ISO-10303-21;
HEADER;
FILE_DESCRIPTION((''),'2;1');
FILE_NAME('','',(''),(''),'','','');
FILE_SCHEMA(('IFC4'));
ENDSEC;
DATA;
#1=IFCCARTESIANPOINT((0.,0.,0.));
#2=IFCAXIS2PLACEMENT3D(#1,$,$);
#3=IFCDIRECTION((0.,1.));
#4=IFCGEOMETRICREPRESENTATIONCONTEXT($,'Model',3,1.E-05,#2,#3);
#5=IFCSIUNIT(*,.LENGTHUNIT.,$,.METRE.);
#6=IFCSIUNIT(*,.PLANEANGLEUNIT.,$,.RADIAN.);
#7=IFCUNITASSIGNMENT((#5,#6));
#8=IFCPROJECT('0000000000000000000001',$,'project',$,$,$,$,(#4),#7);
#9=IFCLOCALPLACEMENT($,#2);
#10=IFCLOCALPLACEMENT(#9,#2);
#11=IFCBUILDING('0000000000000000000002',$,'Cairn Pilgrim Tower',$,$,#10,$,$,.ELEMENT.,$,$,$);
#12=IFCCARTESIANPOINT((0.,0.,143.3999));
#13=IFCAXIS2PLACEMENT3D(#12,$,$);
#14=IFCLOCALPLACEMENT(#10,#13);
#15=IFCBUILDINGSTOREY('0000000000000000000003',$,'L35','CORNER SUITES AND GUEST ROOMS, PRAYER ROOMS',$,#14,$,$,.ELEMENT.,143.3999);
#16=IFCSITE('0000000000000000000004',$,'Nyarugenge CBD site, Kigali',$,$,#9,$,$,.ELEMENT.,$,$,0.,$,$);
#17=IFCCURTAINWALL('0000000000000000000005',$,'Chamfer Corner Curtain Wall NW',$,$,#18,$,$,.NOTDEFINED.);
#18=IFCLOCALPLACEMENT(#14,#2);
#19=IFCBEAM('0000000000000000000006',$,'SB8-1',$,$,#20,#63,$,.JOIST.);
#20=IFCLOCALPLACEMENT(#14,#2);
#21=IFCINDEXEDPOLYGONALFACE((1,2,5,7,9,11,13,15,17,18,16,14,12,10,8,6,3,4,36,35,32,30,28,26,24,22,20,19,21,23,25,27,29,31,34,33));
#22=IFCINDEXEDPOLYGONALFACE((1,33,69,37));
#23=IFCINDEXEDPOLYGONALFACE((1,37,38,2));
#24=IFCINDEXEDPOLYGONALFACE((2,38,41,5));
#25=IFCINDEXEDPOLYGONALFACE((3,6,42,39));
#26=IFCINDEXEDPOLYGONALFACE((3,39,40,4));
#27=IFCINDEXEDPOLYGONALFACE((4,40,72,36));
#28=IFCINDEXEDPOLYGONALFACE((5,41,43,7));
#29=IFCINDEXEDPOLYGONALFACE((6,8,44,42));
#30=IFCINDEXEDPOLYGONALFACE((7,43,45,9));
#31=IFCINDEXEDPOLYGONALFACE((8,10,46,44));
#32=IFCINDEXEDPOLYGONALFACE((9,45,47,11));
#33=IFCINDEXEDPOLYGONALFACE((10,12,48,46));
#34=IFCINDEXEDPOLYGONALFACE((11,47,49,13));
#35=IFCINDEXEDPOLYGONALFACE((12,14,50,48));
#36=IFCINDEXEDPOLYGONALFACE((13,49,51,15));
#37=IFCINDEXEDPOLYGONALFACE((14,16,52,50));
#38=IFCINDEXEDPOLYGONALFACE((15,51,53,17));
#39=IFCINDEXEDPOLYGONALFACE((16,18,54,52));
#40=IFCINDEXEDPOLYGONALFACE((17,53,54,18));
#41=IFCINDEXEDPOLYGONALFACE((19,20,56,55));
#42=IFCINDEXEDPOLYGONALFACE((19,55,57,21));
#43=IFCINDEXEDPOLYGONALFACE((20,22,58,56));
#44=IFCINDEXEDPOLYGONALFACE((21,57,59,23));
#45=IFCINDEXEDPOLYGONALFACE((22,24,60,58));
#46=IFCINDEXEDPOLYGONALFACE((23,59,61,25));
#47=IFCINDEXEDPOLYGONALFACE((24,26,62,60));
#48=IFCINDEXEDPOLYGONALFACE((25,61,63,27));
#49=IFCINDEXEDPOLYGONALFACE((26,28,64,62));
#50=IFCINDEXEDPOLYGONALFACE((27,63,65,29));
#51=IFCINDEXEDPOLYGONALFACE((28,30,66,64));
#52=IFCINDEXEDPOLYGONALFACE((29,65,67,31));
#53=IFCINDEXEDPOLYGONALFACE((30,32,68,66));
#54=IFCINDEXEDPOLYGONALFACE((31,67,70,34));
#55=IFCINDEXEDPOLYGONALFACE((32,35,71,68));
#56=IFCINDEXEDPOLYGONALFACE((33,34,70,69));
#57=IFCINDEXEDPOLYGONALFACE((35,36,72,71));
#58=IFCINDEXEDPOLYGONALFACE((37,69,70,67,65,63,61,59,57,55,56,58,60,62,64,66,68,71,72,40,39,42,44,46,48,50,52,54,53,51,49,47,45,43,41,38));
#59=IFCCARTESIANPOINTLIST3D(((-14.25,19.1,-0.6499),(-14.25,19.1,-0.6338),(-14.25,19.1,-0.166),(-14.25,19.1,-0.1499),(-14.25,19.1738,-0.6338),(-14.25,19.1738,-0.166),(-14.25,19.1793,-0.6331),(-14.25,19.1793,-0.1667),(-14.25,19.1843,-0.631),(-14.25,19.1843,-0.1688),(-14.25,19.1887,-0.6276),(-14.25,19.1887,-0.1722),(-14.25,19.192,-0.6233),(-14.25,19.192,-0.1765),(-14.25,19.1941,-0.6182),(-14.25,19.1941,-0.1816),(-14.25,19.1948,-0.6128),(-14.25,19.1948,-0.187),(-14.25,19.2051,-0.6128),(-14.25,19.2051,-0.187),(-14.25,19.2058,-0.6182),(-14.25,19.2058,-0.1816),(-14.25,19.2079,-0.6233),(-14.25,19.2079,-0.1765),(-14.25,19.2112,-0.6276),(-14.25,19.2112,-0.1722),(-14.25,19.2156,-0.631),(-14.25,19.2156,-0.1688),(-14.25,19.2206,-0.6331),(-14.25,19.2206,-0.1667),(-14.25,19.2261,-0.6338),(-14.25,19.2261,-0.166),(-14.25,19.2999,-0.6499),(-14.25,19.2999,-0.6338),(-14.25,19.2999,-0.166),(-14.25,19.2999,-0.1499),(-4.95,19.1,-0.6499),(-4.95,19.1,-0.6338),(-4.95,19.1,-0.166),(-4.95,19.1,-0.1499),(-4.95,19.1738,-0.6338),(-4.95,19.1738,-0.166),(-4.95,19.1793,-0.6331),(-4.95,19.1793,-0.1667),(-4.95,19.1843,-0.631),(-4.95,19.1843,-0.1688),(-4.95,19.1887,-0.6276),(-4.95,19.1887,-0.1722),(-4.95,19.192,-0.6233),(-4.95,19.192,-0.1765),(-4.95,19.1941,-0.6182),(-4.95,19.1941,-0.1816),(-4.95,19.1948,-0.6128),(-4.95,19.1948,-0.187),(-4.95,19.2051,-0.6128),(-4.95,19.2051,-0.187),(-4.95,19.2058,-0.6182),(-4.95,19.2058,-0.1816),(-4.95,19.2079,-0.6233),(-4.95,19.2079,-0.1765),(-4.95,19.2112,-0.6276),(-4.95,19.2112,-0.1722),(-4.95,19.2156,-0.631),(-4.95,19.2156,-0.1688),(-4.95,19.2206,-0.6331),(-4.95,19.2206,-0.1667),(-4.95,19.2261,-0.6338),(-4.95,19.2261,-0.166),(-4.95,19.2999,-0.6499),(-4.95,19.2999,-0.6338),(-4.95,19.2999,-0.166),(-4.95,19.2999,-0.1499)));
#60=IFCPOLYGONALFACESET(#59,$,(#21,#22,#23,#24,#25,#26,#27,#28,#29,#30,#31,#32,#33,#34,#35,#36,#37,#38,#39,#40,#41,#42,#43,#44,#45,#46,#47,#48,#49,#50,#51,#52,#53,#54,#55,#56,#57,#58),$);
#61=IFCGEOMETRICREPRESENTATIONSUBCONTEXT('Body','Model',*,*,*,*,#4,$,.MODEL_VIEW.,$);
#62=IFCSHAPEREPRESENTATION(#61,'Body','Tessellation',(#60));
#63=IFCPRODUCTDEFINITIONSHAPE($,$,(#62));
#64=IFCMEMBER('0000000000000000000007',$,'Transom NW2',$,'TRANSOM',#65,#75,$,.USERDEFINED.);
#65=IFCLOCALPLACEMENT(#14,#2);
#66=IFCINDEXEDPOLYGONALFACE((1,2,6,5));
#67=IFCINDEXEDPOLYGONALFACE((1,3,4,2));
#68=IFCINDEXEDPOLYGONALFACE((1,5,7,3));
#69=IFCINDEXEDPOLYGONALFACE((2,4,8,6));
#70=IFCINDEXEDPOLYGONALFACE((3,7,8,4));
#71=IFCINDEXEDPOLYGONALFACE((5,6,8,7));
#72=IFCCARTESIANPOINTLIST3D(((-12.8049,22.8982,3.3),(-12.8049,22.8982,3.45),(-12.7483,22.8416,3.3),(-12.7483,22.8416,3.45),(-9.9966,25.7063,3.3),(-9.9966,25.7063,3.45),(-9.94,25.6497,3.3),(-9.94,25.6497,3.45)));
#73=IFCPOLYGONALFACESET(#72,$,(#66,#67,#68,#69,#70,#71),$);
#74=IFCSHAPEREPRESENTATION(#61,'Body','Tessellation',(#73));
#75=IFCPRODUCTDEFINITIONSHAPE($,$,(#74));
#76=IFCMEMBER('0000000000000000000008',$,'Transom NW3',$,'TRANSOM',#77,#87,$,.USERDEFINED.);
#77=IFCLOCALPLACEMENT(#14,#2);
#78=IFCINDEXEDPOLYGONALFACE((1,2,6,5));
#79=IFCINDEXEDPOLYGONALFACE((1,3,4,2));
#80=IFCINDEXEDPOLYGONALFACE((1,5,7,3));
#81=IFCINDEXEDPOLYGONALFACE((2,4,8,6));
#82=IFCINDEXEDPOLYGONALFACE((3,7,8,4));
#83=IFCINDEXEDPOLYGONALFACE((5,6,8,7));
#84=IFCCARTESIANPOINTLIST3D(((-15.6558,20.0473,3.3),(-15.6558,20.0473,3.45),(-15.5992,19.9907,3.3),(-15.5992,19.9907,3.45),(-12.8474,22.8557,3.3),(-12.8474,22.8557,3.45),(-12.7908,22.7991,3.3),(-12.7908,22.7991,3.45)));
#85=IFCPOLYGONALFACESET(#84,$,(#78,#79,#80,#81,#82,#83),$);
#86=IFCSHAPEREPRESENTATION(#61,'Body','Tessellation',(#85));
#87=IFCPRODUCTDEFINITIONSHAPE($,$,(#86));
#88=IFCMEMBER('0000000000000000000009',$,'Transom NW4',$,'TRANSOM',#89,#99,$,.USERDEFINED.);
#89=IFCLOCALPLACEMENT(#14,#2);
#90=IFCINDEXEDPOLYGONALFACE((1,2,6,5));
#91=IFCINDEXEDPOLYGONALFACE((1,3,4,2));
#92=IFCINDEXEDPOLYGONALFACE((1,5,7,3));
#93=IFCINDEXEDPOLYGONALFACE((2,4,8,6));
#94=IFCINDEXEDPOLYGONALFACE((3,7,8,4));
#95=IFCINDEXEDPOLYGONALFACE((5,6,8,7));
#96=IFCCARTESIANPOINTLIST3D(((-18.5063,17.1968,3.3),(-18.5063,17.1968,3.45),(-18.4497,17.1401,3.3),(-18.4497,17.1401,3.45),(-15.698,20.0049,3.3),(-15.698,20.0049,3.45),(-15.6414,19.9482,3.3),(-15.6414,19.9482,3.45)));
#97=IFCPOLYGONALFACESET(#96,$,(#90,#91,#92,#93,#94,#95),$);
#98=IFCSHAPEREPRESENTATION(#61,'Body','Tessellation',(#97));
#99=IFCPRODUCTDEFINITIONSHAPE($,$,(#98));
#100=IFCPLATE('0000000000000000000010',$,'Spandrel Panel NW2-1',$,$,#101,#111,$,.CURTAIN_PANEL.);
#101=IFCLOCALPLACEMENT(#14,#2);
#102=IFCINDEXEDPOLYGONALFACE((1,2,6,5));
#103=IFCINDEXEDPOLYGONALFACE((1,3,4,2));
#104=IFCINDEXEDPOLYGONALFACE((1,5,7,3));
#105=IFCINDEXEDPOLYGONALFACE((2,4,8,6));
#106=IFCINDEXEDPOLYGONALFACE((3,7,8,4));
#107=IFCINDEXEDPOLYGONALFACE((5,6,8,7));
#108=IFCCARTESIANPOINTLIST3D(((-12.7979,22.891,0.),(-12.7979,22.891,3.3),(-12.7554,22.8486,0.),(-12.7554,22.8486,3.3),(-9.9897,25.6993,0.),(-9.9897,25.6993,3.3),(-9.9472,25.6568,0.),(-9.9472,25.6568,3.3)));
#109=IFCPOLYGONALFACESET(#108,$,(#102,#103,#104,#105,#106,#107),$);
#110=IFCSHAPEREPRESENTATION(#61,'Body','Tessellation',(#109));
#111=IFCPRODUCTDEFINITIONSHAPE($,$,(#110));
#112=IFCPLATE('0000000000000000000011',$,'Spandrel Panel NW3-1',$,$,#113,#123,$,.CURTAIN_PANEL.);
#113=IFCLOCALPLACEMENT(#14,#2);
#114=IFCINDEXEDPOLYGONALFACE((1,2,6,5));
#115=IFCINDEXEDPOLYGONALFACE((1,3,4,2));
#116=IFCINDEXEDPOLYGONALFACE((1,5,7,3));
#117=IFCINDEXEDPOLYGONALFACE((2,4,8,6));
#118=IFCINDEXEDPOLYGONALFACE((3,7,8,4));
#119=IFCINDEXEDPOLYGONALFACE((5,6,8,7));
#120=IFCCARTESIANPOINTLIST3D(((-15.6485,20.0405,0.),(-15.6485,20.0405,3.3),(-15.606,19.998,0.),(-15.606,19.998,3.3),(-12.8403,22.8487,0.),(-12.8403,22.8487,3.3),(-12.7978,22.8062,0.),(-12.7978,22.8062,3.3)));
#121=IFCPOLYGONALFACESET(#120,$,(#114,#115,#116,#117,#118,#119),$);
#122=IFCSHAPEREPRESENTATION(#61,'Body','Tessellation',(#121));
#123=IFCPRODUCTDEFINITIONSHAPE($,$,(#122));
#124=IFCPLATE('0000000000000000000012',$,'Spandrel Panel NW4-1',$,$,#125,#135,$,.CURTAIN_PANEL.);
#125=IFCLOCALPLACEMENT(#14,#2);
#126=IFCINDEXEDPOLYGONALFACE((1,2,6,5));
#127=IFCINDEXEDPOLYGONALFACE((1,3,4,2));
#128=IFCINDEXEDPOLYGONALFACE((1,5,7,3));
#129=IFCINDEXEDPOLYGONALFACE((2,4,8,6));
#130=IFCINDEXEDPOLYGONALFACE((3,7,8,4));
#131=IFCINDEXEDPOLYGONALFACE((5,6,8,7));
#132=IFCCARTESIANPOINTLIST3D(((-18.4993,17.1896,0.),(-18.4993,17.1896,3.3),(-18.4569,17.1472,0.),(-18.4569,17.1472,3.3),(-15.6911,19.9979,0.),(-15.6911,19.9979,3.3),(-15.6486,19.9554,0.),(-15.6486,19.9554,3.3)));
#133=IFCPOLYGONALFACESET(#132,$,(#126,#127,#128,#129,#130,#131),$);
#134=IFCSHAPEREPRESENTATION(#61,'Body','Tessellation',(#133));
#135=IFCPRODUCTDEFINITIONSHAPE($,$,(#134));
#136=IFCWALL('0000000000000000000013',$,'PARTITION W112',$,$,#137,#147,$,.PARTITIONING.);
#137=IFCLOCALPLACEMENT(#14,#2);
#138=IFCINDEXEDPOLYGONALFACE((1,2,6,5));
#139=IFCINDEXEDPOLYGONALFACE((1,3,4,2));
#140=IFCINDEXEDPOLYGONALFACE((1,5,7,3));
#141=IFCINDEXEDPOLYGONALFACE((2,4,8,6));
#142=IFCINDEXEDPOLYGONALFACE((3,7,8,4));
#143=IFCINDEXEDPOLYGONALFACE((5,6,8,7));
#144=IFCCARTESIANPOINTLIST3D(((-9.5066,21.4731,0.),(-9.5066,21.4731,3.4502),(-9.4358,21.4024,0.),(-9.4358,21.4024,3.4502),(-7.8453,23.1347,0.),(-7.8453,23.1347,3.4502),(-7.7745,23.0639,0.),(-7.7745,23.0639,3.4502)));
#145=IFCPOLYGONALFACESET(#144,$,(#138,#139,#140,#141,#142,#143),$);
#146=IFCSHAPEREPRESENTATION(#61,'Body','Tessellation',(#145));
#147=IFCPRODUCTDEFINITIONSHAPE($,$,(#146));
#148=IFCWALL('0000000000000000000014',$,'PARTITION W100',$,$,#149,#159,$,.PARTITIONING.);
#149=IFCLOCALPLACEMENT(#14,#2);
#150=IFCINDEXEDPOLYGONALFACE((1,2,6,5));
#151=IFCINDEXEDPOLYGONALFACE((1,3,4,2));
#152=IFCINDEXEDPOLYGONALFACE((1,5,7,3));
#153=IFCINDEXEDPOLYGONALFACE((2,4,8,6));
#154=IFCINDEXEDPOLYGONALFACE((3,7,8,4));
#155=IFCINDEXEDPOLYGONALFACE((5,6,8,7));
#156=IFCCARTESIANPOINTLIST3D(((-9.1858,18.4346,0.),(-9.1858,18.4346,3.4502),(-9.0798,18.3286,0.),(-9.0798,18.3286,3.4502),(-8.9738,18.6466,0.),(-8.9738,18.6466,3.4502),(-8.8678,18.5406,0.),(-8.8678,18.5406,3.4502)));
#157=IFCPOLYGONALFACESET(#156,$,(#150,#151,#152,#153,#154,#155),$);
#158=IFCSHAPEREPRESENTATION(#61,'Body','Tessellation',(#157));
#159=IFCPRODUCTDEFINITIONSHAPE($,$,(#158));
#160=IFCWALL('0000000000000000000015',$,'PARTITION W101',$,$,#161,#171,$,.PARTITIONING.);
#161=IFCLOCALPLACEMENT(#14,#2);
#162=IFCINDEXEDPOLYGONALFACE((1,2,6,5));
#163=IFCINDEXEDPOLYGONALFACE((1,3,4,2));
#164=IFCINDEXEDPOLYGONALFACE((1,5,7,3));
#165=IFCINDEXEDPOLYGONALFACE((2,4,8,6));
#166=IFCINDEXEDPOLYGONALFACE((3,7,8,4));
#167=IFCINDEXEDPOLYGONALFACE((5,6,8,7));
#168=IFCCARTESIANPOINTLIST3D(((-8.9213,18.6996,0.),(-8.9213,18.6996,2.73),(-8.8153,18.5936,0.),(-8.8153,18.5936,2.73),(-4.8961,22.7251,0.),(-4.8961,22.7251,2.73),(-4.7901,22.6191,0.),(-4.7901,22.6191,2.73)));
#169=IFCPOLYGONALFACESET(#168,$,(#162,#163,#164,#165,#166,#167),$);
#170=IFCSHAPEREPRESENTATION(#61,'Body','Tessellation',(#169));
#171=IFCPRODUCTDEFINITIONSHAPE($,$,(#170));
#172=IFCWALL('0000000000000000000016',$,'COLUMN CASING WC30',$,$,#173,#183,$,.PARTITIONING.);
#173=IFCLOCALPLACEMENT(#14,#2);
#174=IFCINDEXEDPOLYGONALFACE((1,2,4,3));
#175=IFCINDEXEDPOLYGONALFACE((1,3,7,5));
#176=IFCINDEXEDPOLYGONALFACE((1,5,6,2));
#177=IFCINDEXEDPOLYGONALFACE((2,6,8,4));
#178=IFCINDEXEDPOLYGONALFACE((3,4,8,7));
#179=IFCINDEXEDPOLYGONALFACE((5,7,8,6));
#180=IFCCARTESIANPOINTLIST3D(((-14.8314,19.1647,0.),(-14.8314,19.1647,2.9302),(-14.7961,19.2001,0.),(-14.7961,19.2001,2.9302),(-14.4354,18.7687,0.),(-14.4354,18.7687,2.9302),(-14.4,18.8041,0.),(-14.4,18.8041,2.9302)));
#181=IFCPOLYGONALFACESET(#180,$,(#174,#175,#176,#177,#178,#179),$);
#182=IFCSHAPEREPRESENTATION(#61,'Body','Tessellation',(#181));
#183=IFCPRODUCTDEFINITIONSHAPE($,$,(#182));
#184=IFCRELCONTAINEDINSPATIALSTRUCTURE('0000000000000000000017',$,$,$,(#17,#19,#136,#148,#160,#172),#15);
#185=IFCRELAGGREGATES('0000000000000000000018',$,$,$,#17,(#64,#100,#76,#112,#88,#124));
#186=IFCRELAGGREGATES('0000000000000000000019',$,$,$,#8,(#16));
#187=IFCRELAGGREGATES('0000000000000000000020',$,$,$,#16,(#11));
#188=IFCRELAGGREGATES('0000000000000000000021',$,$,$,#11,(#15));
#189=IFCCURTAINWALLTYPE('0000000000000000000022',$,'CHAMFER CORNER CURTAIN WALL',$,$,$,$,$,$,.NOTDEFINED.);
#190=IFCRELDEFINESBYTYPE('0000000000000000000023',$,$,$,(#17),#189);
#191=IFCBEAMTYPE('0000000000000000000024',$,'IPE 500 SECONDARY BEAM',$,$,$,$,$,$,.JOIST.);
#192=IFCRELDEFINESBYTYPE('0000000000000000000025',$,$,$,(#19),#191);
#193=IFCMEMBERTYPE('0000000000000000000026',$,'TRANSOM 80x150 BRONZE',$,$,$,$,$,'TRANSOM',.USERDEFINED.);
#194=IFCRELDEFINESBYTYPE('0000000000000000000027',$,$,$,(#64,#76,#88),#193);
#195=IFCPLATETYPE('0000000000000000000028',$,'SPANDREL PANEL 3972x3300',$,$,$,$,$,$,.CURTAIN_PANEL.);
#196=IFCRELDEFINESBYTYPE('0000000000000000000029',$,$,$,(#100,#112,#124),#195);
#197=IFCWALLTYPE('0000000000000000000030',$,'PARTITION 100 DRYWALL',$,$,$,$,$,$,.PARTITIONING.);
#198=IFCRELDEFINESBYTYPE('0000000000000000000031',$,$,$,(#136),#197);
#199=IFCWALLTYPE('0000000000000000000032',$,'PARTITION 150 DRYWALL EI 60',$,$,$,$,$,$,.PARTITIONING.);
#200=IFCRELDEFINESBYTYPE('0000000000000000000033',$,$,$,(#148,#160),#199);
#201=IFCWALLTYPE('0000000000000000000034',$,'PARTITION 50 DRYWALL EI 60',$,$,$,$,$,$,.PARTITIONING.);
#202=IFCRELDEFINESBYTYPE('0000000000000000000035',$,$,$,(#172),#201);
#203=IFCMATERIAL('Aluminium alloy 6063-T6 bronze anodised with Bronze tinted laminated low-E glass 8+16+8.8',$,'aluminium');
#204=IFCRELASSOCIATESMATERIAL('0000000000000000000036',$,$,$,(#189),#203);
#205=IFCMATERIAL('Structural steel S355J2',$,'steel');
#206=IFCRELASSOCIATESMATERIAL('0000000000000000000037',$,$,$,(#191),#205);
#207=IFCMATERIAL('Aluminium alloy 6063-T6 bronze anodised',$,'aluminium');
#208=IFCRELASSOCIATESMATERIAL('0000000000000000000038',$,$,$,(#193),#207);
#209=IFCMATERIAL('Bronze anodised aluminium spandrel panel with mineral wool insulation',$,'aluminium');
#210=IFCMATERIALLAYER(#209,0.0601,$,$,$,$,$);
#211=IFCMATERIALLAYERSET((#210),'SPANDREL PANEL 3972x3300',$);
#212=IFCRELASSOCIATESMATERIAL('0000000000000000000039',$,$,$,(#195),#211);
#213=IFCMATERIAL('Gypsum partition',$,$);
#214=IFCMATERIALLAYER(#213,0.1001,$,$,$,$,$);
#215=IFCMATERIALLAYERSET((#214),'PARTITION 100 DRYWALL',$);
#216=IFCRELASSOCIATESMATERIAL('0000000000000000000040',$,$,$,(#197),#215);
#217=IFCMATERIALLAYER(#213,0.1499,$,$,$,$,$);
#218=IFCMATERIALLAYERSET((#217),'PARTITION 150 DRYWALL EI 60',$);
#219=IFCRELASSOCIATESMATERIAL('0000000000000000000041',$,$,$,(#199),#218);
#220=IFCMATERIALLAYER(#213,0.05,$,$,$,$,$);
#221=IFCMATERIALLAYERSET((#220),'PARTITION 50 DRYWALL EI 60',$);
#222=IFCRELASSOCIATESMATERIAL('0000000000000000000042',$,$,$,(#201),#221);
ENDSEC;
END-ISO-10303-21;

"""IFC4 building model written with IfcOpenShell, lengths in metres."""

from ifc_helpers import new_model, si_unit, direction, frame, frame_2d, origin, origin_2d, place, context, subcontext, project, spatial, rectangle, i_section, extrude, material, layer, layer_set, material_profile, profile_set, type_object, element, aggregate, save


model = new_model("IFC4")

# Units and contexts
model_context = context("Model", 3, precision=1e-05, world=origin(), true_north=direction((0.0, 1.0)))
body_context = subcontext(model_context, "Body", "Model", "MODEL_VIEW")
ifc_project = project(units=[si_unit("LENGTHUNIT", "METRE"), si_unit("PLANEANGLEUNIT", "RADIAN")], contexts=[model_context])

# Site, building, storey
site_placement = place(None, origin())
site = spatial("IfcSite", under=ifc_project, at=site_placement, Name="Nyarugenge CBD site, Kigali", CompositionType="ELEMENT", RefElevation=0.0)
building_placement = place(site_placement, origin())
building = spatial("IfcBuilding", under=site, at=building_placement, Name="Cairn Pilgrim Tower", CompositionType="ELEMENT")
storey_placement = place(building_placement, frame((0.0, 0.0, 143.3999)))
storey = spatial("IfcBuildingStorey", under=building, at=storey_placement, Name="L35", Description="CORNER SUITES AND GUEST ROOMS, PRAYER ROOMS", CompositionType="ELEMENT", Elevation=143.3999)

# Shared definitions
ifc_material_1 = material(Name="Structural steel S355J2", Category="steel")

# Curtain wall
ifc_material_2 = material(Name="Aluminium alloy 6063-T6 bronze anodised with Bronze tinted laminated low-E glass 8+16+8.8", Category="aluminium")
curtain_wall_type = type_object("IfcCurtainWallType", Name="CHAMFER CORNER CURTAIN WALL", PredefinedType="NOTDEFINED", material=ifc_material_2)
curtain_wall_placement = place(storey_placement, origin())
curtain_wall = element("IfcCurtainWall", 1, at=curtain_wall_placement, inside=storey, type_object=curtain_wall_type, Name="Chamfer Corner Curtain Wall NW", PredefinedType="NOTDEFINED")
ifc_material_3 = material(Name="Aluminium alloy 6063-T6 bronze anodised", Category="aluminium")

# Beam
ifc_material_profile_1 = material_profile(ifc_material_1, i_section(OverallWidth=0.2, OverallDepth=0.5, WebThickness=0.0103, FlangeThickness=0.0161, FilletRadius=0.021, at=origin_2d()), Name="IPE 500")
ifc_profile_set_1 = profile_set([ifc_material_profile_1], Name="Structural steel S355J2")
beam_type_1 = type_object("IfcBeamType", Name="IPE 500 SECONDARY BEAM", PredefinedType="JOIST", material=ifc_profile_set_1)
beam_1_placement = place(storey_placement, frame((-14.25, 19.2, -0.3999), z_axis=(1.0, 0.0, 0.0), x_axis=(0.0, 1.0, 0.0)))
element("IfcBeam", 2, at=beam_1_placement, inside=storey, type_object=beam_type_1, Name="SB8-1", PredefinedType="JOIST", context=body_context, shape_type="SweptSolid", body=[
    extrude(i_section(OverallWidth=0.2, OverallDepth=0.5, WebThickness=0.0103, FlangeThickness=0.0161, FilletRadius=0.021, at=origin_2d()), origin(), (0.0, 0.0, 1.0), 9.3),
])

# Members
ifc_material_profile_2 = material_profile(ifc_material_3, rectangle(XDim=0.0801, YDim=0.1499, at=origin_2d()), Name="TRANSOM 80x150 BRONZE")
ifc_profile_set_2 = profile_set([ifc_material_profile_2], Name="Aluminium alloy 6063-T6 bronze anodised")
member_type_1 = type_object("IfcMemberType", Name="TRANSOM 80x150 BRONZE", ElementType="TRANSOM", PredefinedType="USERDEFINED", material=ifc_profile_set_2)
member_1_placement = place(storey_placement, frame((-9.9683, 25.678, 3.375), z_axis=(-0.707138, -0.707076, 0.0), x_axis=(0.707076, -0.707138, 0.0)))
member_1 = element("IfcMember", 3, at=member_1_placement, type_object=member_type_1, Name="Transom NW2", ObjectType="TRANSOM", PredefinedType="USERDEFINED", context=body_context, shape_type="SweptSolid", body=[
    extrude(rectangle(XDim=0.0801, YDim=0.1499, at=origin_2d()), origin(), (0.0, 0.0, 1.0), 3.9714),
])
member_2_placement = place(storey_placement, frame((-12.8191, 22.8274, 3.375), z_axis=(-0.707107, -0.707107, 0.0), x_axis=(0.707107, -0.707107, 0.0)))
member_2 = element("IfcMember", 4, at=member_2_placement, type_object=member_type_1, Name="Transom NW3", ObjectType="TRANSOM", PredefinedType="USERDEFINED", context=body_context, shape_type="SweptSolid", body=[
    extrude(rectangle(XDim=0.0801, YDim=0.1499, at=origin_2d()), origin(), (0.0, 0.0, 1.0), 3.9717),
])
member_3_placement = place(storey_placement, frame((-15.6697, 19.9766, 3.375), z_axis=(-0.707138, -0.707076, 0.0), x_axis=(0.707076, -0.707138, 0.0)))
member_3 = element("IfcMember", 5, at=member_3_placement, type_object=member_type_1, Name="Transom NW4", ObjectType="TRANSOM", PredefinedType="USERDEFINED", context=body_context, shape_type="SweptSolid", body=[
    extrude(rectangle(XDim=0.0801, YDim=0.1499, at=origin_2d()), origin(), (0.0, 0.0, 1.0), 3.9714),
])

# Plates
ifc_material_4 = material(Name="Bronze anodised aluminium spandrel panel with mineral wool insulation", Category="aluminium")
ifc_layer_1 = layer(ifc_material_4, 0.0601)
ifc_layer_set_1 = layer_set([ifc_layer_1], Name="SPANDREL PANEL 3972x3300")
plate_type = type_object("IfcPlateType", Name="SPANDREL PANEL 3972x3300", PredefinedType="CURTAIN_PANEL", material=ifc_layer_set_1)
plate_1_placement = place(storey_placement, frame((-11.3726, 24.2739, 0.0), z_axis=(0.0, 0.0, 1.0), x_axis=(-0.707107, -0.707107, 0.0)))
plate_1 = element("IfcPlate", 6, at=plate_1_placement, type_object=plate_type, Name="Spandrel Panel NW2-1", PredefinedType="CURTAIN_PANEL", context=body_context, shape_type="SweptSolid", body=[
    extrude(rectangle(XDim=3.9714, YDim=0.0601, at=origin_2d()), origin(), (0.0, 0.0, 1.0), 3.3),
])
plate_2_placement = place(storey_placement, frame((-14.2231, 21.4233, 0.0), z_axis=(0.0, 0.0, 1.0), x_axis=(-0.707107, -0.707107, 0.0)))
plate_2 = element("IfcPlate", 7, at=plate_2_placement, type_object=plate_type, Name="Spandrel Panel NW3-1", PredefinedType="CURTAIN_PANEL", context=body_context, shape_type="SweptSolid", body=[
    extrude(rectangle(XDim=3.9714, YDim=0.0601, at=origin_2d()), origin(), (0.0, 0.0, 1.0), 3.3),
])
plate_3_placement = place(storey_placement, frame((-17.074, 18.5725, 0.0), z_axis=(0.0, 0.0, 1.0), x_axis=(-0.707107, -0.707107, 0.0)))
plate_3 = element("IfcPlate", 8, at=plate_3_placement, type_object=plate_type, Name="Spandrel Panel NW4-1", PredefinedType="CURTAIN_PANEL", context=body_context, shape_type="SweptSolid", body=[
    extrude(rectangle(XDim=3.9714, YDim=0.0601, at=origin_2d()), origin(), (0.0, 0.0, 1.0), 3.3),
])
aggregate(curtain_wall, [member_1, plate_1, member_2, plate_2, member_3, plate_3])

# Walls
ifc_material_5 = material(Name="Gypsum partition")
ifc_layer_2 = layer(ifc_material_5, 0.1001)
ifc_layer_set_2 = layer_set([ifc_layer_2], Name="PARTITION 100 DRYWALL")
wall_type_1 = type_object("IfcWallType", Name="PARTITION 100 DRYWALL", PredefinedType="PARTITIONING", material=ifc_layer_set_2)
wall_1_placement = place(storey_placement, frame((-9.4712, 21.4377, 0.0), z_axis=(0.0, 0.0, 1.0), x_axis=(0.707055, 0.707159, 0.0)))
element("IfcWall", 9, at=wall_1_placement, inside=storey, type_object=wall_type_1, Name="PARTITION W112", PredefinedType="PARTITIONING", context=body_context, shape_type="SweptSolid", body=[
    extrude(rectangle(XDim=2.3496, YDim=0.1001, at=frame_2d((1.1748, 0.0))), origin(), (0.0, 0.0, 1.0), 3.4502),
])
ifc_layer_3 = layer(ifc_material_5, 0.1499)
ifc_layer_set_3 = layer_set([ifc_layer_3], Name="PARTITION 150 DRYWALL EI 60")
wall_type_2 = type_object("IfcWallType", Name="PARTITION 150 DRYWALL EI 60", PredefinedType="PARTITIONING", material=ifc_layer_set_3)
wall_2_placement = place(storey_placement, frame((-9.1328, 18.3816, 0.0), z_axis=(0.0, 0.0, 1.0), x_axis=(0.707107, 0.707107, 0.0)))
element("IfcWall", 10, at=wall_2_placement, inside=storey, type_object=wall_type_2, Name="PARTITION W100", PredefinedType="PARTITIONING", context=body_context, shape_type="SweptSolid", body=[
    extrude(rectangle(XDim=0.2998, YDim=0.1499, at=frame_2d((0.1499, 0.0))), origin(), (0.0, 0.0, 1.0), 3.4502),
])
wall_3_placement = place(storey_placement, frame((-8.8682, 18.6467, 0.0), z_axis=(0.0, 0.0, 1.0), x_axis=(0.707085, 0.707128, 0.0)))
element("IfcWall", 11, at=wall_3_placement, inside=storey, type_object=wall_type_2, Name="PARTITION W101", PredefinedType="PARTITIONING", context=body_context, shape_type="SweptSolid", body=[
    extrude(rectangle(XDim=5.6926, YDim=0.1499, at=frame_2d((2.8462, 0.0))), origin(), (0.0, 0.0, 1.0), 2.73),
])
ifc_layer_4 = layer(ifc_material_5, 0.05)
ifc_layer_set_4 = layer_set([ifc_layer_4], Name="PARTITION 50 DRYWALL EI 60")
wall_type_3 = type_object("IfcWallType", Name="PARTITION 50 DRYWALL EI 60", PredefinedType="PARTITIONING", material=ifc_layer_set_4)
wall_4_placement = place(storey_placement, frame((-14.4177, 18.7864, 0.0), z_axis=(0.0, 0.0, 1.0), x_axis=(-0.707107, 0.707107, 0.0)))
element("IfcWall", 12, at=wall_4_placement, inside=storey, type_object=wall_type_3, Name="COLUMN CASING WC30", PredefinedType="PARTITIONING", context=body_context, shape_type="SweptSolid", body=[
    extrude(rectangle(XDim=0.5601, YDim=0.05, at=frame_2d((0.28, 0.0))), origin(), (0.0, 0.0, 1.0), 2.9302),
])

save(model, "model.ifc")
